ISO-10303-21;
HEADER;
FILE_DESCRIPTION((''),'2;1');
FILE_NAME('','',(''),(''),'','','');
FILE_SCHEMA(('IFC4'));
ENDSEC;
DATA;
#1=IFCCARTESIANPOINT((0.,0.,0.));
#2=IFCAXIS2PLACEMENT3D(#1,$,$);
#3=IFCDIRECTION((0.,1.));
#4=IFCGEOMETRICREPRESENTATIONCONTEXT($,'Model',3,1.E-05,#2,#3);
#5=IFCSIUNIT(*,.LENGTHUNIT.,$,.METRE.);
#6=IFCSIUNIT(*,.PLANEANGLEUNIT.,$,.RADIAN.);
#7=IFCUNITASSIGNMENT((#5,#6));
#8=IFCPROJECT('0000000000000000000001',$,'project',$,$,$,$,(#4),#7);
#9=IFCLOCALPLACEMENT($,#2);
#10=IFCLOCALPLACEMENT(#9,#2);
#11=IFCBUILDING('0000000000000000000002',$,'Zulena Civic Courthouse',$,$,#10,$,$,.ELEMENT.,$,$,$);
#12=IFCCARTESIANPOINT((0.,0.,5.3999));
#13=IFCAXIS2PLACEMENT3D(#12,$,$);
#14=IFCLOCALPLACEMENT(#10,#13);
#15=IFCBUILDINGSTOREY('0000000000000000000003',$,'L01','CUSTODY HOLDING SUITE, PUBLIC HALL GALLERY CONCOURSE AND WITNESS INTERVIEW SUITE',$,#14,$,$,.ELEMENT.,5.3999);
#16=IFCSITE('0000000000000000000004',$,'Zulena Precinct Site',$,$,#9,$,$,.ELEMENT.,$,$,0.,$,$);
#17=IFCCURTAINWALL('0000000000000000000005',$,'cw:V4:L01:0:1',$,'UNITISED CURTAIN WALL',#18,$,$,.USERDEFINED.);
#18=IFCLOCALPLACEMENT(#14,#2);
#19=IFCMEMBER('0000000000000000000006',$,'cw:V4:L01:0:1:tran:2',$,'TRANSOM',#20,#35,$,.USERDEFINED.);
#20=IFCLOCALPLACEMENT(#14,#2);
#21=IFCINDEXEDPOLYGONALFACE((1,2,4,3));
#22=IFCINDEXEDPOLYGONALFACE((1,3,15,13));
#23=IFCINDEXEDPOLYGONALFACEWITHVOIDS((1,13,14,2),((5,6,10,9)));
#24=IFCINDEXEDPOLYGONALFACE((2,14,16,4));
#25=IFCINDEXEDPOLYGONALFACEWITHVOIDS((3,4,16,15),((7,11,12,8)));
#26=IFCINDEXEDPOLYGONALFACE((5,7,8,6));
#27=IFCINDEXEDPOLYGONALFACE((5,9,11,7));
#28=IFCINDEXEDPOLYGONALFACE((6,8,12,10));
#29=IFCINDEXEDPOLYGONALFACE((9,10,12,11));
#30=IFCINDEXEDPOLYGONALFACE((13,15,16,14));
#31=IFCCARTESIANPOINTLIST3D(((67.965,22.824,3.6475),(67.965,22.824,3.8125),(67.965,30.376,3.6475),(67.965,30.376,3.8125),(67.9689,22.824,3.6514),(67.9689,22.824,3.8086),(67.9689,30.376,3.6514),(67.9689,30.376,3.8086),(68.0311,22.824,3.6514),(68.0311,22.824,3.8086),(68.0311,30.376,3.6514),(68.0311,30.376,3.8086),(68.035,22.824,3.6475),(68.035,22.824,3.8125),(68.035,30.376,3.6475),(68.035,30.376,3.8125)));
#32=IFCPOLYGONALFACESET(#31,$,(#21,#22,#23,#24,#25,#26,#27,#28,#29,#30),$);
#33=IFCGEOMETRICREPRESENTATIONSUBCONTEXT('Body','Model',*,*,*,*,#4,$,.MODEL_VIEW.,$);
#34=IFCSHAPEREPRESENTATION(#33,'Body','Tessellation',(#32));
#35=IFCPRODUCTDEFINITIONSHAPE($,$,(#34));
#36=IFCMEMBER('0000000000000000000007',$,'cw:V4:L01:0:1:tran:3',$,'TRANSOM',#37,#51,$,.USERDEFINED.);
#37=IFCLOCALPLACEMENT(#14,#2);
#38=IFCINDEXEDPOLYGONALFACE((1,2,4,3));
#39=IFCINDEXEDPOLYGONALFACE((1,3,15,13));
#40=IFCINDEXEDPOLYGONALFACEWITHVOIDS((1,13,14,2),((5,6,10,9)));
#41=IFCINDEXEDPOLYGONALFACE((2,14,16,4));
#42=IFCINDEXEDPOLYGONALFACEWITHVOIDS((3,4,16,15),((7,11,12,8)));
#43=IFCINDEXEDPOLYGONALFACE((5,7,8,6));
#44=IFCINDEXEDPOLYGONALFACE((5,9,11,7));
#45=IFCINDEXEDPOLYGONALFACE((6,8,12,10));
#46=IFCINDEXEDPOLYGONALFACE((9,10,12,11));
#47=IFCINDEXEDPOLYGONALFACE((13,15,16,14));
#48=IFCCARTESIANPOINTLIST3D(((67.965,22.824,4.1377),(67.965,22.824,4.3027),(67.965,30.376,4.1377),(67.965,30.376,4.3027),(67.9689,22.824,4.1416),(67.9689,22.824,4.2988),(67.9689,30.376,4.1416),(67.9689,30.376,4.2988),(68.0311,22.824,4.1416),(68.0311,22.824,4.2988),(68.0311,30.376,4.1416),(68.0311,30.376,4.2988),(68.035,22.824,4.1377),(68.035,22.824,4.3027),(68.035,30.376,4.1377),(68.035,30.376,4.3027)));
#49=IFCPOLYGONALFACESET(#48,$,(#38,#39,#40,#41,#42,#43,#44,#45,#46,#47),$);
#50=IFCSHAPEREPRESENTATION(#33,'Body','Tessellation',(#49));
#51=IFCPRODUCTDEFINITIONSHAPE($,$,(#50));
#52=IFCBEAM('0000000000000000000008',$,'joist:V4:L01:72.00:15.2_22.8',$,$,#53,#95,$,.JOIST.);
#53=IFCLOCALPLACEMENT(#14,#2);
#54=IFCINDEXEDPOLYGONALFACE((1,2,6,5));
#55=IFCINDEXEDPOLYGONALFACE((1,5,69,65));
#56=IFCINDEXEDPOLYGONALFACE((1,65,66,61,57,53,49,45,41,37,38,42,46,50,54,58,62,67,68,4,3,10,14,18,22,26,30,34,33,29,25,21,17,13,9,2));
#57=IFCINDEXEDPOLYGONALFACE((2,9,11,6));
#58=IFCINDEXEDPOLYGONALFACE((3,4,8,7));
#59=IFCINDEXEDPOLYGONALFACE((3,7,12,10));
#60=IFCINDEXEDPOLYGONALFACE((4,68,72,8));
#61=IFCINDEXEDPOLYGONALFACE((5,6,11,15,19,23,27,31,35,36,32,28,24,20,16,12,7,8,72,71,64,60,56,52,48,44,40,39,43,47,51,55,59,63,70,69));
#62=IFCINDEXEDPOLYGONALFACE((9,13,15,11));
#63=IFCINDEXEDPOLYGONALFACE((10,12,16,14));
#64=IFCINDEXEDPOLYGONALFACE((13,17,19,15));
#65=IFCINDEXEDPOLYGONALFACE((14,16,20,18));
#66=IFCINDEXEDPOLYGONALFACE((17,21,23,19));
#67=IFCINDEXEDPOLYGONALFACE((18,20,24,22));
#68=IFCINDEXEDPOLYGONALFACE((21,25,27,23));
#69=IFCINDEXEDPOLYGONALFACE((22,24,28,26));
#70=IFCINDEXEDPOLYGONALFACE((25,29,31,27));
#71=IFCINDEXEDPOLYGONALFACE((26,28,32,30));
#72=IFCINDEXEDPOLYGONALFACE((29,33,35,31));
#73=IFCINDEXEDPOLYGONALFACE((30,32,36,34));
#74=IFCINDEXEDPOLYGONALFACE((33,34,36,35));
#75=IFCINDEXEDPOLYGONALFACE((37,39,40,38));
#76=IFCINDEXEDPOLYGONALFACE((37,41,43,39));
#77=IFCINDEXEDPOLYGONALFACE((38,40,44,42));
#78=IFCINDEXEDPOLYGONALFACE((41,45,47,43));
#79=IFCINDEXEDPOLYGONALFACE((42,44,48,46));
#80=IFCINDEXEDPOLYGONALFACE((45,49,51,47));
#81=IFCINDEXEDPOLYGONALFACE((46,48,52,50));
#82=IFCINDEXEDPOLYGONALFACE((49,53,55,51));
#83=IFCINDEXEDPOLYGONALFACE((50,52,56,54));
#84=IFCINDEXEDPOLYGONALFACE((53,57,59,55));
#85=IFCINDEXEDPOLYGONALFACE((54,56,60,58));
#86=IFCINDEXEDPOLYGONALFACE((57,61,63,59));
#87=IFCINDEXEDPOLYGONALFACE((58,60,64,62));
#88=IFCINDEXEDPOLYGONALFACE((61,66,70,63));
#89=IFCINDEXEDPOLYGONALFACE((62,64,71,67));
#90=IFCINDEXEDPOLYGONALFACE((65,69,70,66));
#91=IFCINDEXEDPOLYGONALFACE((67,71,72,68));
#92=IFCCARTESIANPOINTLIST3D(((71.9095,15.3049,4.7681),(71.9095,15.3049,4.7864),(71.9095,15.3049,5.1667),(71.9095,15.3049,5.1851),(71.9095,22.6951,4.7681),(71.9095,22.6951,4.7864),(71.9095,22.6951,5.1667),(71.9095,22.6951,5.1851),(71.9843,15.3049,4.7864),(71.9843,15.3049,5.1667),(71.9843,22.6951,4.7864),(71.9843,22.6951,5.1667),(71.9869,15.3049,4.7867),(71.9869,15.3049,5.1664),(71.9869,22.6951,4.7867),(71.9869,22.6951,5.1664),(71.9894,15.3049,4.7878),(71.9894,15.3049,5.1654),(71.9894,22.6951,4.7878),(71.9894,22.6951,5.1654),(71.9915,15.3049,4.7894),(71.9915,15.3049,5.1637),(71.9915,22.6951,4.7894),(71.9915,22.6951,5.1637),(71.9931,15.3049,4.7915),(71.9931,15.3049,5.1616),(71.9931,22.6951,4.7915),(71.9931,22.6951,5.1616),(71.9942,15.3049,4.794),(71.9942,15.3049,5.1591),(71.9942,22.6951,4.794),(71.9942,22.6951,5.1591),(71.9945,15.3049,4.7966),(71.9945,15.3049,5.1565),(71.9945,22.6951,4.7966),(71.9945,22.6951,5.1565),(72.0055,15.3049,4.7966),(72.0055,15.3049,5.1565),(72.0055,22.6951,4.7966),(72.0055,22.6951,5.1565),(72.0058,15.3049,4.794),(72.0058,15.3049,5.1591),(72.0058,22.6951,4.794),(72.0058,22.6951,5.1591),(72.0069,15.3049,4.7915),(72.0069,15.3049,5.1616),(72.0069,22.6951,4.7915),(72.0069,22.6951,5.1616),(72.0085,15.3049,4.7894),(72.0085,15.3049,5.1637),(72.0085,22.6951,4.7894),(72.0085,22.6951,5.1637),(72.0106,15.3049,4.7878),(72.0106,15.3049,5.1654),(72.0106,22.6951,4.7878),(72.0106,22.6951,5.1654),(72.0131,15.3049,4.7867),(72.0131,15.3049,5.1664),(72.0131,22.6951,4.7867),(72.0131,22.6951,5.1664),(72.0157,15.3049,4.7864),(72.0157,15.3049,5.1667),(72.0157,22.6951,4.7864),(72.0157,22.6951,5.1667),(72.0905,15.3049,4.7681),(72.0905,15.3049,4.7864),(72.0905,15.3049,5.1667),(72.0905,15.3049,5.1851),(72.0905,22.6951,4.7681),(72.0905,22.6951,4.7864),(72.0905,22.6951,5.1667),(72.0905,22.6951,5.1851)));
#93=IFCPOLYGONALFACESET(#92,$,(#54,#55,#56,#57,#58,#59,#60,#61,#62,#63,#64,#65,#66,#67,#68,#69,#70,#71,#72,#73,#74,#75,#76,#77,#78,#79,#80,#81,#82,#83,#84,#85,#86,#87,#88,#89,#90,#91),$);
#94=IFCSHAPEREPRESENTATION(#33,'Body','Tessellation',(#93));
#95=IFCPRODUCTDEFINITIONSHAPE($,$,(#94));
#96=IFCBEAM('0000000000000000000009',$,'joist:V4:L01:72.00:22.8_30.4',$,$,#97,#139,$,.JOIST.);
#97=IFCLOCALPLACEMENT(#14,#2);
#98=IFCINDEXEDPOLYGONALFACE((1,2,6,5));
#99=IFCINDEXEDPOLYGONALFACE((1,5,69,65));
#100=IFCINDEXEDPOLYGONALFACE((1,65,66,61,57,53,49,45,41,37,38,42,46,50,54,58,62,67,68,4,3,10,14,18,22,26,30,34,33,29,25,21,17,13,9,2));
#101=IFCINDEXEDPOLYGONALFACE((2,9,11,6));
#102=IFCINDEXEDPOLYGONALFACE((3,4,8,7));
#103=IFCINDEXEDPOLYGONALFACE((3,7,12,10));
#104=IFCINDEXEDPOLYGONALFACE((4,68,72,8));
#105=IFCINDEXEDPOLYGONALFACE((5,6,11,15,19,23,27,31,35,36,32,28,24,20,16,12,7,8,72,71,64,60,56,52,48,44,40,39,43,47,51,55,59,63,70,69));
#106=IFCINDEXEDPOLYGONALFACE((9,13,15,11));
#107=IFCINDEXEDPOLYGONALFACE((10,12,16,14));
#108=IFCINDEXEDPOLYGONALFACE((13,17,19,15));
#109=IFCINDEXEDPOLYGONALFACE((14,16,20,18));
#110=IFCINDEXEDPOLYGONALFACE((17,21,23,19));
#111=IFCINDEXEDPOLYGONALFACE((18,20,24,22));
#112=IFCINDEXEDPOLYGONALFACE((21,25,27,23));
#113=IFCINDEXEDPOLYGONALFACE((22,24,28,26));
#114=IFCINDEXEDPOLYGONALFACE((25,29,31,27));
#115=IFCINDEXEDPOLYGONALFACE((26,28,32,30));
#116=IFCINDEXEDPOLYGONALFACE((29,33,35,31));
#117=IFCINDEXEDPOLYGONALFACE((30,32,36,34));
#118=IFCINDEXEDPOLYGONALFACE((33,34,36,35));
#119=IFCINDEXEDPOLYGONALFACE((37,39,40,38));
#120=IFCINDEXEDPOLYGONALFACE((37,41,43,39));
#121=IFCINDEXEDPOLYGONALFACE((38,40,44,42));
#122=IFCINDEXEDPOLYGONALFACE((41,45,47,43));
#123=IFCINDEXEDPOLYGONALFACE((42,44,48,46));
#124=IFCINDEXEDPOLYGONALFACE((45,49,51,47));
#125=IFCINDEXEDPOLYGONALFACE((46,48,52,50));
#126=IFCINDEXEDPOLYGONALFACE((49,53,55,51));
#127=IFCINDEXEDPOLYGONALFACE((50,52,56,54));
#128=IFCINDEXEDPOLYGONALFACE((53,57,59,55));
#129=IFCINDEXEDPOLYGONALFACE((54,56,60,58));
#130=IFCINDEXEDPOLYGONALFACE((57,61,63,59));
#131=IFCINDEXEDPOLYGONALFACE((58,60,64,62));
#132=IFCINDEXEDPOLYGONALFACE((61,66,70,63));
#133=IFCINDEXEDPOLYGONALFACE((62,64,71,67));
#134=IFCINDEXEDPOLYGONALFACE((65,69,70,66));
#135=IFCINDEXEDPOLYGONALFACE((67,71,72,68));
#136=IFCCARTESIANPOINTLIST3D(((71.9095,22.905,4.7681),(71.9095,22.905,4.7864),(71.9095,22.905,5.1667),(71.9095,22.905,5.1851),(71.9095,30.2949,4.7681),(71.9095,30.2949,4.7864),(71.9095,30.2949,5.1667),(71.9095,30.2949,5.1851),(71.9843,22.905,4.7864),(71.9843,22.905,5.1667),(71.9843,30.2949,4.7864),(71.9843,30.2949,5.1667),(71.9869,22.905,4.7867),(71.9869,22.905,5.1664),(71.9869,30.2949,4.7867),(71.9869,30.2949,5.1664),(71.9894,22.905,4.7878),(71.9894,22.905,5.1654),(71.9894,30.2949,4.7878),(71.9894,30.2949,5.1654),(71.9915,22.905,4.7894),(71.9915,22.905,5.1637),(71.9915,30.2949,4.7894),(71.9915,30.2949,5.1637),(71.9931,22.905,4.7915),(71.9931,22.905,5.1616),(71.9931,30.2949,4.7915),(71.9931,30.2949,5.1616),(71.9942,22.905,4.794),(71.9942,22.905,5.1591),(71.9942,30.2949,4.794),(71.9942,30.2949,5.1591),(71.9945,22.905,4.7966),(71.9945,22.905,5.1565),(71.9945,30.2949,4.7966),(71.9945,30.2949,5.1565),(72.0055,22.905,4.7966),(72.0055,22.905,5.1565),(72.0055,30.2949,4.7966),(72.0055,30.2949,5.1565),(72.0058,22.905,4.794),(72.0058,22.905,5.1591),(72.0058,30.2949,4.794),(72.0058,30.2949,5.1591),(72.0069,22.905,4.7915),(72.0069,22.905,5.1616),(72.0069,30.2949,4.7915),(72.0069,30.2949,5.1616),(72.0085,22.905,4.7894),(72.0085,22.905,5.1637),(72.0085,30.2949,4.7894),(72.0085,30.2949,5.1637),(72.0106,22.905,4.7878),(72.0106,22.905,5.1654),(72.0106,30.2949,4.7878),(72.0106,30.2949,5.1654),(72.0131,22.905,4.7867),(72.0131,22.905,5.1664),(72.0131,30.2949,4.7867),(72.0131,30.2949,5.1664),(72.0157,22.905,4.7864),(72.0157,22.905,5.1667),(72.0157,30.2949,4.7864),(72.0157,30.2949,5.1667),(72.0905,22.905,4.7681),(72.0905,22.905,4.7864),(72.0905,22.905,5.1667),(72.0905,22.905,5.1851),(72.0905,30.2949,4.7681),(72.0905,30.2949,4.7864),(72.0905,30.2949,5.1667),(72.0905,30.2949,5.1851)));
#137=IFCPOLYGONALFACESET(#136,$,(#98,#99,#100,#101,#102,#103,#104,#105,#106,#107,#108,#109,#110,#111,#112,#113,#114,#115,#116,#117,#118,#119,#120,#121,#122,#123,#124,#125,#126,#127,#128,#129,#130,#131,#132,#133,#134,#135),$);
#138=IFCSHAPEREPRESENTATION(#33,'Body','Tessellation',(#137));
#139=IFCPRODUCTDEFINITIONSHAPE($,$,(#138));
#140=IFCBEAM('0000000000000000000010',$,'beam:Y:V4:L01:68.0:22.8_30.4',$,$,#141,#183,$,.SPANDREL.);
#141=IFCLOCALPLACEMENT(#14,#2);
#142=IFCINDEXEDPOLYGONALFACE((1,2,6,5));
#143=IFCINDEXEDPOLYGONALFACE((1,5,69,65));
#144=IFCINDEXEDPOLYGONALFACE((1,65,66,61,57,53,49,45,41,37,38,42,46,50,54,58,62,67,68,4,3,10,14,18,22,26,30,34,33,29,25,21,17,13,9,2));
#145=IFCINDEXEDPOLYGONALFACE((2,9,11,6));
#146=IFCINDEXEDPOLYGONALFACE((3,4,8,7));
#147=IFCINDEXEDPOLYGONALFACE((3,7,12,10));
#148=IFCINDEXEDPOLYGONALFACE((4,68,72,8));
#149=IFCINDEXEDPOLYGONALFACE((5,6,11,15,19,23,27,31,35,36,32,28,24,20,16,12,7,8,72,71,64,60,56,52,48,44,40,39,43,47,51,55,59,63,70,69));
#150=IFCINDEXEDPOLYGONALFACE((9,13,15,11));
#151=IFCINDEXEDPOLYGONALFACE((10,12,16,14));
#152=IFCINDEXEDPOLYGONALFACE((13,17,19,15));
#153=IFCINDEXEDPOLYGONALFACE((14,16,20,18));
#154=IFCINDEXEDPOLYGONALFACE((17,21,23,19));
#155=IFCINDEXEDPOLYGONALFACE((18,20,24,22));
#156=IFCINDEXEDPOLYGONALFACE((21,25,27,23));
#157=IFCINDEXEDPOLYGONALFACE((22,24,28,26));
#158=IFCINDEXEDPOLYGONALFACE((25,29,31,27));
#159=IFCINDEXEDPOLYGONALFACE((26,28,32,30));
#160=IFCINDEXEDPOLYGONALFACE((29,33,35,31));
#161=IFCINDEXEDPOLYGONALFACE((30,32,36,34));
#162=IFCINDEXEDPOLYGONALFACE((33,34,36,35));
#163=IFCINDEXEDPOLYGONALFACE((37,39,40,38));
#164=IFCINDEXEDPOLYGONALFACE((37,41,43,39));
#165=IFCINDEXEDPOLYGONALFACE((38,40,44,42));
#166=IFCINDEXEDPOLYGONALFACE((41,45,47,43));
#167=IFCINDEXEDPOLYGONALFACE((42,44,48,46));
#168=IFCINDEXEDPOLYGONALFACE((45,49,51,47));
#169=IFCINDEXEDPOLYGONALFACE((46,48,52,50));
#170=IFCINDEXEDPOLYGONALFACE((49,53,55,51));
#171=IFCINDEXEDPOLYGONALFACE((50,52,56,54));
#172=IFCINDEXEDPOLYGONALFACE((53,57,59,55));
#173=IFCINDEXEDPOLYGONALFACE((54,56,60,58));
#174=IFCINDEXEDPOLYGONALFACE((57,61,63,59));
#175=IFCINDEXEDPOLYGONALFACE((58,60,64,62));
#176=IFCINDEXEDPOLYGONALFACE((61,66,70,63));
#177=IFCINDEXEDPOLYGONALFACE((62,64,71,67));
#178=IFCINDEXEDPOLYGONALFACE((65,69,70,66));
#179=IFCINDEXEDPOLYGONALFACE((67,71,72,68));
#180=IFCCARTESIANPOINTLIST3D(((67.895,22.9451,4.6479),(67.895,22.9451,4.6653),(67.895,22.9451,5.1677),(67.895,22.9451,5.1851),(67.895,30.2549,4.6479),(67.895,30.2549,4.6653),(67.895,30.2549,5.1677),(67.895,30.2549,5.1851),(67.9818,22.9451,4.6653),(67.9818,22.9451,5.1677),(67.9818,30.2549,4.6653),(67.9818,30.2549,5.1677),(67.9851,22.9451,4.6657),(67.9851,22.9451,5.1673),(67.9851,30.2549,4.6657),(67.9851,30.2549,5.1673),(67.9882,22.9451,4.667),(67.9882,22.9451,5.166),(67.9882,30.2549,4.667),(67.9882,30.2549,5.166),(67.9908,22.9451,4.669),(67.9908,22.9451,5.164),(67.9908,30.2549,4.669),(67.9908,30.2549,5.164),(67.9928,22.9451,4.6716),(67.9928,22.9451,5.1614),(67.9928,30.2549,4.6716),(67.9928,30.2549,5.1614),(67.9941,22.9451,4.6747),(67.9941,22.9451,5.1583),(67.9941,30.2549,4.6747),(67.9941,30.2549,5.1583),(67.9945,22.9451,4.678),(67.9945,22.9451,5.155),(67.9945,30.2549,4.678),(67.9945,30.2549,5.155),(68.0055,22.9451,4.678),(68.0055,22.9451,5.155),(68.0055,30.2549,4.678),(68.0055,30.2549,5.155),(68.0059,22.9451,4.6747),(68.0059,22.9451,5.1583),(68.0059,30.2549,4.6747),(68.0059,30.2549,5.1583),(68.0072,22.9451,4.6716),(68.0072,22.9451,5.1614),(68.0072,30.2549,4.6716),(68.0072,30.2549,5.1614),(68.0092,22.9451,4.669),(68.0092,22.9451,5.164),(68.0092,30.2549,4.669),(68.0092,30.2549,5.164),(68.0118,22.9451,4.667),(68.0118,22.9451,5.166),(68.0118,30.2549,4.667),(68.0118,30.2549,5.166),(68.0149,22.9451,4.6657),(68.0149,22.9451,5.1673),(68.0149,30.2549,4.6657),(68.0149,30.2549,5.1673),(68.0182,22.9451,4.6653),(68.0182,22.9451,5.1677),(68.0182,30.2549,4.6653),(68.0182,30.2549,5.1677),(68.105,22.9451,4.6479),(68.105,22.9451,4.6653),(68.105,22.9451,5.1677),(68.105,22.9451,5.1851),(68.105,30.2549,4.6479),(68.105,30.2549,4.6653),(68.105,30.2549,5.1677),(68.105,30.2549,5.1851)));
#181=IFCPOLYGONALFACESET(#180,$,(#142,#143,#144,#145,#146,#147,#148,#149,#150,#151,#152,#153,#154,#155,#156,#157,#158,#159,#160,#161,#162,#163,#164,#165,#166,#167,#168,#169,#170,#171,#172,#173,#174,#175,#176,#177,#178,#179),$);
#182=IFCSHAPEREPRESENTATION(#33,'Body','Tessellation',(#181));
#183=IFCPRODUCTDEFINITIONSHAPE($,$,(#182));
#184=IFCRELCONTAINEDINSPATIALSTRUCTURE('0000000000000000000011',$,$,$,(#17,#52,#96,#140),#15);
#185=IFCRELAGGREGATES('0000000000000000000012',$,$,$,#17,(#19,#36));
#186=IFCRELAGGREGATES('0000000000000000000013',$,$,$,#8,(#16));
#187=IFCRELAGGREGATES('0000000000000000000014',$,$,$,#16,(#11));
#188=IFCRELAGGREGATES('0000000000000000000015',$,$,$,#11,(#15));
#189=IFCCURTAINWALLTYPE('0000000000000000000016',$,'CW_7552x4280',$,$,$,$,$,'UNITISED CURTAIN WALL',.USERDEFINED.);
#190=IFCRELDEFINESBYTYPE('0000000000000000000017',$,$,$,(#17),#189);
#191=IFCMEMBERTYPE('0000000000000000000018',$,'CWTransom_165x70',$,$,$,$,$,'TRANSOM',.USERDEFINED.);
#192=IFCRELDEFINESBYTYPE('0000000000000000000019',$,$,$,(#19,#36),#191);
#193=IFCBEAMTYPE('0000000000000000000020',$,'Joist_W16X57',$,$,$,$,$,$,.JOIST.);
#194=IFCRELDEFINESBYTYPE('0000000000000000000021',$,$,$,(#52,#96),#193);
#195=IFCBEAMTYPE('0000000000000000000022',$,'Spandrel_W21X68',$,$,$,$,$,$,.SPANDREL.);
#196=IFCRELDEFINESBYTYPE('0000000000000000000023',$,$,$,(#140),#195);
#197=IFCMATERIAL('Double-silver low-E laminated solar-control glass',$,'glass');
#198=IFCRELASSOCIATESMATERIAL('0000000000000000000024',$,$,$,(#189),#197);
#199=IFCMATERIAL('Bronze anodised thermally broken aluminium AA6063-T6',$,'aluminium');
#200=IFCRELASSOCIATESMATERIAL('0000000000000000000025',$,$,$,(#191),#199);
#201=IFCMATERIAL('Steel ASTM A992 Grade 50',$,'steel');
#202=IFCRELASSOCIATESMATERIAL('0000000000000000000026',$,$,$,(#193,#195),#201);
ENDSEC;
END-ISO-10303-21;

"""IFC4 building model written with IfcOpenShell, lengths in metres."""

from ifc_helpers import new_model, si_unit, direction, frame, origin, origin_2d, place, context, subcontext, project, spatial, hollow_rectangle, i_section, extrude, material, material_profile, profile_set, type_object, element, aggregate, save


model = new_model("IFC4")

# Units and contexts
model_context = context("Model", 3, precision=1e-05, world=origin(), true_north=direction((0.0, 1.0)))
body_context = subcontext(model_context, "Body", "Model", "MODEL_VIEW")
ifc_project = project(units=[si_unit("LENGTHUNIT", "METRE"), si_unit("PLANEANGLEUNIT", "RADIAN")], contexts=[model_context])

# Site, building, storey
site_placement = place(None, origin())
site = spatial("IfcSite", under=ifc_project, at=site_placement, Name="Zulena Precinct Site", CompositionType="ELEMENT", RefElevation=0.0)
building_placement = place(site_placement, origin())
building = spatial("IfcBuilding", under=site, at=building_placement, Name="Zulena Civic Courthouse", CompositionType="ELEMENT")
storey_placement = place(building_placement, frame((0.0, 0.0, 5.3999)))
storey = spatial("IfcBuildingStorey", under=building, at=storey_placement, Name="L01", Description="CUSTODY HOLDING SUITE, PUBLIC HALL GALLERY CONCOURSE AND WITNESS INTERVIEW SUITE", CompositionType="ELEMENT", Elevation=5.3999)

# Shared definitions
ifc_material_1 = material(Name="Steel ASTM A992 Grade 50", Category="steel")

# Curtain wall
ifc_material_2 = material(Name="Double-silver low-E laminated solar-control glass", Category="glass")
curtain_wall_type_1 = type_object("IfcCurtainWallType", Name="CW_7552x4280", ElementType="UNITISED CURTAIN WALL", PredefinedType="USERDEFINED", material=ifc_material_2)
ifc_material_3 = material(Name="Bronze anodised thermally broken aluminium AA6063-T6", Category="aluminium")
curtain_wall_1_placement = place(storey_placement, origin())
curtain_wall_1 = element("IfcCurtainWall", 1, at=curtain_wall_1_placement, inside=storey, type_object=curtain_wall_type_1, Name="cw:V4:L01:0:1", ObjectType="UNITISED CURTAIN WALL", PredefinedType="USERDEFINED")

# Members
ifc_material_profile_1 = material_profile(ifc_material_3, hollow_rectangle(XDim=0.0701, YDim=0.165, WallThickness=0.0039, at=origin_2d()), Name="CWT165X70X4")
ifc_profile_set_1 = profile_set([ifc_material_profile_1], Name="Bronze anodised thermally broken aluminium AA6063-T6")
member_type_1 = type_object("IfcMemberType", Name="CWTransom_165x70", ElementType="TRANSOM", PredefinedType="USERDEFINED", material=ifc_profile_set_1)
member_1_placement = place(storey_placement, frame((68.0, 22.824, 3.73), z_axis=(0.0, 1.0, 0.0), x_axis=(-1.0, 0.0, 0.0)))
member_1 = element("IfcMember", 2, at=member_1_placement, type_object=member_type_1, Name="cw:V4:L01:0:1:tran:2", ObjectType="TRANSOM", PredefinedType="USERDEFINED", context=body_context, shape_type="SweptSolid", body=[
    extrude(hollow_rectangle(XDim=0.0701, YDim=0.165, WallThickness=0.0039, at=origin_2d()), origin(), (0.0, 0.0, 1.0), 7.552),
])
member_2_placement = place(storey_placement, frame((68.0, 22.824, 4.2202), z_axis=(0.0, 1.0, 0.0), x_axis=(-1.0, 0.0, 0.0)))
member_2 = element("IfcMember", 3, at=member_2_placement, type_object=member_type_1, Name="cw:V4:L01:0:1:tran:3", ObjectType="TRANSOM", PredefinedType="USERDEFINED", context=body_context, shape_type="SweptSolid", body=[
    extrude(hollow_rectangle(XDim=0.0701, YDim=0.165, WallThickness=0.0039, at=origin_2d()), origin(), (0.0, 0.0, 1.0), 7.552),
])
aggregate(curtain_wall_1, [member_1, member_2])

# Beams
ifc_material_profile_2 = material_profile(ifc_material_1, i_section(OverallWidth=0.1809, OverallDepth=0.417, WebThickness=0.011, FlangeThickness=0.0183, FilletRadius=0.0103, at=origin_2d()), Name="W16X57")
ifc_profile_set_2 = profile_set([ifc_material_profile_2], Name="Steel ASTM A992 Grade 50")
beam_type_1 = type_object("IfcBeamType", Name="Joist_W16X57", PredefinedType="JOIST", material=ifc_profile_set_2)
beam_1_placement = place(storey_placement, frame((72.0, 15.3049, 4.9766), z_axis=(0.0, 1.0, 0.0), x_axis=(-1.0, 0.0, 0.0)))
element("IfcBeam", 4, at=beam_1_placement, inside=storey, type_object=beam_type_1, Name="joist:V4:L01:72.00:15.2_22.8", PredefinedType="JOIST", context=body_context, shape_type="SweptSolid", body=[
    extrude(i_section(OverallWidth=0.1809, OverallDepth=0.417, WebThickness=0.011, FlangeThickness=0.0183, FilletRadius=0.0103, at=origin_2d()), origin(), (0.0, 0.0, 1.0), 7.3901),
])
beam_2_placement = place(storey_placement, frame((72.0, 22.905, 4.9766), z_axis=(0.0, 1.0, 0.0), x_axis=(-1.0, 0.0, 0.0)))
element("IfcBeam", 5, at=beam_2_placement, inside=storey, type_object=beam_type_1, Name="joist:V4:L01:72.00:22.8_30.4", PredefinedType="JOIST", context=body_context, shape_type="SweptSolid", body=[
    extrude(i_section(OverallWidth=0.1809, OverallDepth=0.417, WebThickness=0.011, FlangeThickness=0.0183, FilletRadius=0.0103, at=origin_2d()), origin(), (0.0, 0.0, 1.0), 7.3899),
])
ifc_material_profile_3 = material_profile(ifc_material_1, i_section(OverallWidth=0.21, OverallDepth=0.5371, WebThickness=0.011, FlangeThickness=0.0173, FilletRadius=0.0127, at=origin_2d()), Name="W21X68")
ifc_profile_set_3 = profile_set([ifc_material_profile_3], Name="Steel ASTM A992 Grade 50")
beam_type_2 = type_object("IfcBeamType", Name="Spandrel_W21X68", PredefinedType="SPANDREL", material=ifc_profile_set_3)
beam_3_placement = place(storey_placement, frame((68.0, 22.9451, 4.9165), z_axis=(0.0, 1.0, 0.0), x_axis=(-1.0, 0.0, 0.0)))
element("IfcBeam", 6, at=beam_3_placement, inside=storey, type_object=beam_type_2, Name="beam:Y:V4:L01:68.0:22.8_30.4", PredefinedType="SPANDREL", context=body_context, shape_type="SweptSolid", body=[
    extrude(i_section(OverallWidth=0.21, OverallDepth=0.5371, WebThickness=0.011, FlangeThickness=0.0173, FilletRadius=0.0127, at=origin_2d()), origin(), (0.0, 0.0, 1.0), 7.3098),
])

save(model, "model.ifc")
